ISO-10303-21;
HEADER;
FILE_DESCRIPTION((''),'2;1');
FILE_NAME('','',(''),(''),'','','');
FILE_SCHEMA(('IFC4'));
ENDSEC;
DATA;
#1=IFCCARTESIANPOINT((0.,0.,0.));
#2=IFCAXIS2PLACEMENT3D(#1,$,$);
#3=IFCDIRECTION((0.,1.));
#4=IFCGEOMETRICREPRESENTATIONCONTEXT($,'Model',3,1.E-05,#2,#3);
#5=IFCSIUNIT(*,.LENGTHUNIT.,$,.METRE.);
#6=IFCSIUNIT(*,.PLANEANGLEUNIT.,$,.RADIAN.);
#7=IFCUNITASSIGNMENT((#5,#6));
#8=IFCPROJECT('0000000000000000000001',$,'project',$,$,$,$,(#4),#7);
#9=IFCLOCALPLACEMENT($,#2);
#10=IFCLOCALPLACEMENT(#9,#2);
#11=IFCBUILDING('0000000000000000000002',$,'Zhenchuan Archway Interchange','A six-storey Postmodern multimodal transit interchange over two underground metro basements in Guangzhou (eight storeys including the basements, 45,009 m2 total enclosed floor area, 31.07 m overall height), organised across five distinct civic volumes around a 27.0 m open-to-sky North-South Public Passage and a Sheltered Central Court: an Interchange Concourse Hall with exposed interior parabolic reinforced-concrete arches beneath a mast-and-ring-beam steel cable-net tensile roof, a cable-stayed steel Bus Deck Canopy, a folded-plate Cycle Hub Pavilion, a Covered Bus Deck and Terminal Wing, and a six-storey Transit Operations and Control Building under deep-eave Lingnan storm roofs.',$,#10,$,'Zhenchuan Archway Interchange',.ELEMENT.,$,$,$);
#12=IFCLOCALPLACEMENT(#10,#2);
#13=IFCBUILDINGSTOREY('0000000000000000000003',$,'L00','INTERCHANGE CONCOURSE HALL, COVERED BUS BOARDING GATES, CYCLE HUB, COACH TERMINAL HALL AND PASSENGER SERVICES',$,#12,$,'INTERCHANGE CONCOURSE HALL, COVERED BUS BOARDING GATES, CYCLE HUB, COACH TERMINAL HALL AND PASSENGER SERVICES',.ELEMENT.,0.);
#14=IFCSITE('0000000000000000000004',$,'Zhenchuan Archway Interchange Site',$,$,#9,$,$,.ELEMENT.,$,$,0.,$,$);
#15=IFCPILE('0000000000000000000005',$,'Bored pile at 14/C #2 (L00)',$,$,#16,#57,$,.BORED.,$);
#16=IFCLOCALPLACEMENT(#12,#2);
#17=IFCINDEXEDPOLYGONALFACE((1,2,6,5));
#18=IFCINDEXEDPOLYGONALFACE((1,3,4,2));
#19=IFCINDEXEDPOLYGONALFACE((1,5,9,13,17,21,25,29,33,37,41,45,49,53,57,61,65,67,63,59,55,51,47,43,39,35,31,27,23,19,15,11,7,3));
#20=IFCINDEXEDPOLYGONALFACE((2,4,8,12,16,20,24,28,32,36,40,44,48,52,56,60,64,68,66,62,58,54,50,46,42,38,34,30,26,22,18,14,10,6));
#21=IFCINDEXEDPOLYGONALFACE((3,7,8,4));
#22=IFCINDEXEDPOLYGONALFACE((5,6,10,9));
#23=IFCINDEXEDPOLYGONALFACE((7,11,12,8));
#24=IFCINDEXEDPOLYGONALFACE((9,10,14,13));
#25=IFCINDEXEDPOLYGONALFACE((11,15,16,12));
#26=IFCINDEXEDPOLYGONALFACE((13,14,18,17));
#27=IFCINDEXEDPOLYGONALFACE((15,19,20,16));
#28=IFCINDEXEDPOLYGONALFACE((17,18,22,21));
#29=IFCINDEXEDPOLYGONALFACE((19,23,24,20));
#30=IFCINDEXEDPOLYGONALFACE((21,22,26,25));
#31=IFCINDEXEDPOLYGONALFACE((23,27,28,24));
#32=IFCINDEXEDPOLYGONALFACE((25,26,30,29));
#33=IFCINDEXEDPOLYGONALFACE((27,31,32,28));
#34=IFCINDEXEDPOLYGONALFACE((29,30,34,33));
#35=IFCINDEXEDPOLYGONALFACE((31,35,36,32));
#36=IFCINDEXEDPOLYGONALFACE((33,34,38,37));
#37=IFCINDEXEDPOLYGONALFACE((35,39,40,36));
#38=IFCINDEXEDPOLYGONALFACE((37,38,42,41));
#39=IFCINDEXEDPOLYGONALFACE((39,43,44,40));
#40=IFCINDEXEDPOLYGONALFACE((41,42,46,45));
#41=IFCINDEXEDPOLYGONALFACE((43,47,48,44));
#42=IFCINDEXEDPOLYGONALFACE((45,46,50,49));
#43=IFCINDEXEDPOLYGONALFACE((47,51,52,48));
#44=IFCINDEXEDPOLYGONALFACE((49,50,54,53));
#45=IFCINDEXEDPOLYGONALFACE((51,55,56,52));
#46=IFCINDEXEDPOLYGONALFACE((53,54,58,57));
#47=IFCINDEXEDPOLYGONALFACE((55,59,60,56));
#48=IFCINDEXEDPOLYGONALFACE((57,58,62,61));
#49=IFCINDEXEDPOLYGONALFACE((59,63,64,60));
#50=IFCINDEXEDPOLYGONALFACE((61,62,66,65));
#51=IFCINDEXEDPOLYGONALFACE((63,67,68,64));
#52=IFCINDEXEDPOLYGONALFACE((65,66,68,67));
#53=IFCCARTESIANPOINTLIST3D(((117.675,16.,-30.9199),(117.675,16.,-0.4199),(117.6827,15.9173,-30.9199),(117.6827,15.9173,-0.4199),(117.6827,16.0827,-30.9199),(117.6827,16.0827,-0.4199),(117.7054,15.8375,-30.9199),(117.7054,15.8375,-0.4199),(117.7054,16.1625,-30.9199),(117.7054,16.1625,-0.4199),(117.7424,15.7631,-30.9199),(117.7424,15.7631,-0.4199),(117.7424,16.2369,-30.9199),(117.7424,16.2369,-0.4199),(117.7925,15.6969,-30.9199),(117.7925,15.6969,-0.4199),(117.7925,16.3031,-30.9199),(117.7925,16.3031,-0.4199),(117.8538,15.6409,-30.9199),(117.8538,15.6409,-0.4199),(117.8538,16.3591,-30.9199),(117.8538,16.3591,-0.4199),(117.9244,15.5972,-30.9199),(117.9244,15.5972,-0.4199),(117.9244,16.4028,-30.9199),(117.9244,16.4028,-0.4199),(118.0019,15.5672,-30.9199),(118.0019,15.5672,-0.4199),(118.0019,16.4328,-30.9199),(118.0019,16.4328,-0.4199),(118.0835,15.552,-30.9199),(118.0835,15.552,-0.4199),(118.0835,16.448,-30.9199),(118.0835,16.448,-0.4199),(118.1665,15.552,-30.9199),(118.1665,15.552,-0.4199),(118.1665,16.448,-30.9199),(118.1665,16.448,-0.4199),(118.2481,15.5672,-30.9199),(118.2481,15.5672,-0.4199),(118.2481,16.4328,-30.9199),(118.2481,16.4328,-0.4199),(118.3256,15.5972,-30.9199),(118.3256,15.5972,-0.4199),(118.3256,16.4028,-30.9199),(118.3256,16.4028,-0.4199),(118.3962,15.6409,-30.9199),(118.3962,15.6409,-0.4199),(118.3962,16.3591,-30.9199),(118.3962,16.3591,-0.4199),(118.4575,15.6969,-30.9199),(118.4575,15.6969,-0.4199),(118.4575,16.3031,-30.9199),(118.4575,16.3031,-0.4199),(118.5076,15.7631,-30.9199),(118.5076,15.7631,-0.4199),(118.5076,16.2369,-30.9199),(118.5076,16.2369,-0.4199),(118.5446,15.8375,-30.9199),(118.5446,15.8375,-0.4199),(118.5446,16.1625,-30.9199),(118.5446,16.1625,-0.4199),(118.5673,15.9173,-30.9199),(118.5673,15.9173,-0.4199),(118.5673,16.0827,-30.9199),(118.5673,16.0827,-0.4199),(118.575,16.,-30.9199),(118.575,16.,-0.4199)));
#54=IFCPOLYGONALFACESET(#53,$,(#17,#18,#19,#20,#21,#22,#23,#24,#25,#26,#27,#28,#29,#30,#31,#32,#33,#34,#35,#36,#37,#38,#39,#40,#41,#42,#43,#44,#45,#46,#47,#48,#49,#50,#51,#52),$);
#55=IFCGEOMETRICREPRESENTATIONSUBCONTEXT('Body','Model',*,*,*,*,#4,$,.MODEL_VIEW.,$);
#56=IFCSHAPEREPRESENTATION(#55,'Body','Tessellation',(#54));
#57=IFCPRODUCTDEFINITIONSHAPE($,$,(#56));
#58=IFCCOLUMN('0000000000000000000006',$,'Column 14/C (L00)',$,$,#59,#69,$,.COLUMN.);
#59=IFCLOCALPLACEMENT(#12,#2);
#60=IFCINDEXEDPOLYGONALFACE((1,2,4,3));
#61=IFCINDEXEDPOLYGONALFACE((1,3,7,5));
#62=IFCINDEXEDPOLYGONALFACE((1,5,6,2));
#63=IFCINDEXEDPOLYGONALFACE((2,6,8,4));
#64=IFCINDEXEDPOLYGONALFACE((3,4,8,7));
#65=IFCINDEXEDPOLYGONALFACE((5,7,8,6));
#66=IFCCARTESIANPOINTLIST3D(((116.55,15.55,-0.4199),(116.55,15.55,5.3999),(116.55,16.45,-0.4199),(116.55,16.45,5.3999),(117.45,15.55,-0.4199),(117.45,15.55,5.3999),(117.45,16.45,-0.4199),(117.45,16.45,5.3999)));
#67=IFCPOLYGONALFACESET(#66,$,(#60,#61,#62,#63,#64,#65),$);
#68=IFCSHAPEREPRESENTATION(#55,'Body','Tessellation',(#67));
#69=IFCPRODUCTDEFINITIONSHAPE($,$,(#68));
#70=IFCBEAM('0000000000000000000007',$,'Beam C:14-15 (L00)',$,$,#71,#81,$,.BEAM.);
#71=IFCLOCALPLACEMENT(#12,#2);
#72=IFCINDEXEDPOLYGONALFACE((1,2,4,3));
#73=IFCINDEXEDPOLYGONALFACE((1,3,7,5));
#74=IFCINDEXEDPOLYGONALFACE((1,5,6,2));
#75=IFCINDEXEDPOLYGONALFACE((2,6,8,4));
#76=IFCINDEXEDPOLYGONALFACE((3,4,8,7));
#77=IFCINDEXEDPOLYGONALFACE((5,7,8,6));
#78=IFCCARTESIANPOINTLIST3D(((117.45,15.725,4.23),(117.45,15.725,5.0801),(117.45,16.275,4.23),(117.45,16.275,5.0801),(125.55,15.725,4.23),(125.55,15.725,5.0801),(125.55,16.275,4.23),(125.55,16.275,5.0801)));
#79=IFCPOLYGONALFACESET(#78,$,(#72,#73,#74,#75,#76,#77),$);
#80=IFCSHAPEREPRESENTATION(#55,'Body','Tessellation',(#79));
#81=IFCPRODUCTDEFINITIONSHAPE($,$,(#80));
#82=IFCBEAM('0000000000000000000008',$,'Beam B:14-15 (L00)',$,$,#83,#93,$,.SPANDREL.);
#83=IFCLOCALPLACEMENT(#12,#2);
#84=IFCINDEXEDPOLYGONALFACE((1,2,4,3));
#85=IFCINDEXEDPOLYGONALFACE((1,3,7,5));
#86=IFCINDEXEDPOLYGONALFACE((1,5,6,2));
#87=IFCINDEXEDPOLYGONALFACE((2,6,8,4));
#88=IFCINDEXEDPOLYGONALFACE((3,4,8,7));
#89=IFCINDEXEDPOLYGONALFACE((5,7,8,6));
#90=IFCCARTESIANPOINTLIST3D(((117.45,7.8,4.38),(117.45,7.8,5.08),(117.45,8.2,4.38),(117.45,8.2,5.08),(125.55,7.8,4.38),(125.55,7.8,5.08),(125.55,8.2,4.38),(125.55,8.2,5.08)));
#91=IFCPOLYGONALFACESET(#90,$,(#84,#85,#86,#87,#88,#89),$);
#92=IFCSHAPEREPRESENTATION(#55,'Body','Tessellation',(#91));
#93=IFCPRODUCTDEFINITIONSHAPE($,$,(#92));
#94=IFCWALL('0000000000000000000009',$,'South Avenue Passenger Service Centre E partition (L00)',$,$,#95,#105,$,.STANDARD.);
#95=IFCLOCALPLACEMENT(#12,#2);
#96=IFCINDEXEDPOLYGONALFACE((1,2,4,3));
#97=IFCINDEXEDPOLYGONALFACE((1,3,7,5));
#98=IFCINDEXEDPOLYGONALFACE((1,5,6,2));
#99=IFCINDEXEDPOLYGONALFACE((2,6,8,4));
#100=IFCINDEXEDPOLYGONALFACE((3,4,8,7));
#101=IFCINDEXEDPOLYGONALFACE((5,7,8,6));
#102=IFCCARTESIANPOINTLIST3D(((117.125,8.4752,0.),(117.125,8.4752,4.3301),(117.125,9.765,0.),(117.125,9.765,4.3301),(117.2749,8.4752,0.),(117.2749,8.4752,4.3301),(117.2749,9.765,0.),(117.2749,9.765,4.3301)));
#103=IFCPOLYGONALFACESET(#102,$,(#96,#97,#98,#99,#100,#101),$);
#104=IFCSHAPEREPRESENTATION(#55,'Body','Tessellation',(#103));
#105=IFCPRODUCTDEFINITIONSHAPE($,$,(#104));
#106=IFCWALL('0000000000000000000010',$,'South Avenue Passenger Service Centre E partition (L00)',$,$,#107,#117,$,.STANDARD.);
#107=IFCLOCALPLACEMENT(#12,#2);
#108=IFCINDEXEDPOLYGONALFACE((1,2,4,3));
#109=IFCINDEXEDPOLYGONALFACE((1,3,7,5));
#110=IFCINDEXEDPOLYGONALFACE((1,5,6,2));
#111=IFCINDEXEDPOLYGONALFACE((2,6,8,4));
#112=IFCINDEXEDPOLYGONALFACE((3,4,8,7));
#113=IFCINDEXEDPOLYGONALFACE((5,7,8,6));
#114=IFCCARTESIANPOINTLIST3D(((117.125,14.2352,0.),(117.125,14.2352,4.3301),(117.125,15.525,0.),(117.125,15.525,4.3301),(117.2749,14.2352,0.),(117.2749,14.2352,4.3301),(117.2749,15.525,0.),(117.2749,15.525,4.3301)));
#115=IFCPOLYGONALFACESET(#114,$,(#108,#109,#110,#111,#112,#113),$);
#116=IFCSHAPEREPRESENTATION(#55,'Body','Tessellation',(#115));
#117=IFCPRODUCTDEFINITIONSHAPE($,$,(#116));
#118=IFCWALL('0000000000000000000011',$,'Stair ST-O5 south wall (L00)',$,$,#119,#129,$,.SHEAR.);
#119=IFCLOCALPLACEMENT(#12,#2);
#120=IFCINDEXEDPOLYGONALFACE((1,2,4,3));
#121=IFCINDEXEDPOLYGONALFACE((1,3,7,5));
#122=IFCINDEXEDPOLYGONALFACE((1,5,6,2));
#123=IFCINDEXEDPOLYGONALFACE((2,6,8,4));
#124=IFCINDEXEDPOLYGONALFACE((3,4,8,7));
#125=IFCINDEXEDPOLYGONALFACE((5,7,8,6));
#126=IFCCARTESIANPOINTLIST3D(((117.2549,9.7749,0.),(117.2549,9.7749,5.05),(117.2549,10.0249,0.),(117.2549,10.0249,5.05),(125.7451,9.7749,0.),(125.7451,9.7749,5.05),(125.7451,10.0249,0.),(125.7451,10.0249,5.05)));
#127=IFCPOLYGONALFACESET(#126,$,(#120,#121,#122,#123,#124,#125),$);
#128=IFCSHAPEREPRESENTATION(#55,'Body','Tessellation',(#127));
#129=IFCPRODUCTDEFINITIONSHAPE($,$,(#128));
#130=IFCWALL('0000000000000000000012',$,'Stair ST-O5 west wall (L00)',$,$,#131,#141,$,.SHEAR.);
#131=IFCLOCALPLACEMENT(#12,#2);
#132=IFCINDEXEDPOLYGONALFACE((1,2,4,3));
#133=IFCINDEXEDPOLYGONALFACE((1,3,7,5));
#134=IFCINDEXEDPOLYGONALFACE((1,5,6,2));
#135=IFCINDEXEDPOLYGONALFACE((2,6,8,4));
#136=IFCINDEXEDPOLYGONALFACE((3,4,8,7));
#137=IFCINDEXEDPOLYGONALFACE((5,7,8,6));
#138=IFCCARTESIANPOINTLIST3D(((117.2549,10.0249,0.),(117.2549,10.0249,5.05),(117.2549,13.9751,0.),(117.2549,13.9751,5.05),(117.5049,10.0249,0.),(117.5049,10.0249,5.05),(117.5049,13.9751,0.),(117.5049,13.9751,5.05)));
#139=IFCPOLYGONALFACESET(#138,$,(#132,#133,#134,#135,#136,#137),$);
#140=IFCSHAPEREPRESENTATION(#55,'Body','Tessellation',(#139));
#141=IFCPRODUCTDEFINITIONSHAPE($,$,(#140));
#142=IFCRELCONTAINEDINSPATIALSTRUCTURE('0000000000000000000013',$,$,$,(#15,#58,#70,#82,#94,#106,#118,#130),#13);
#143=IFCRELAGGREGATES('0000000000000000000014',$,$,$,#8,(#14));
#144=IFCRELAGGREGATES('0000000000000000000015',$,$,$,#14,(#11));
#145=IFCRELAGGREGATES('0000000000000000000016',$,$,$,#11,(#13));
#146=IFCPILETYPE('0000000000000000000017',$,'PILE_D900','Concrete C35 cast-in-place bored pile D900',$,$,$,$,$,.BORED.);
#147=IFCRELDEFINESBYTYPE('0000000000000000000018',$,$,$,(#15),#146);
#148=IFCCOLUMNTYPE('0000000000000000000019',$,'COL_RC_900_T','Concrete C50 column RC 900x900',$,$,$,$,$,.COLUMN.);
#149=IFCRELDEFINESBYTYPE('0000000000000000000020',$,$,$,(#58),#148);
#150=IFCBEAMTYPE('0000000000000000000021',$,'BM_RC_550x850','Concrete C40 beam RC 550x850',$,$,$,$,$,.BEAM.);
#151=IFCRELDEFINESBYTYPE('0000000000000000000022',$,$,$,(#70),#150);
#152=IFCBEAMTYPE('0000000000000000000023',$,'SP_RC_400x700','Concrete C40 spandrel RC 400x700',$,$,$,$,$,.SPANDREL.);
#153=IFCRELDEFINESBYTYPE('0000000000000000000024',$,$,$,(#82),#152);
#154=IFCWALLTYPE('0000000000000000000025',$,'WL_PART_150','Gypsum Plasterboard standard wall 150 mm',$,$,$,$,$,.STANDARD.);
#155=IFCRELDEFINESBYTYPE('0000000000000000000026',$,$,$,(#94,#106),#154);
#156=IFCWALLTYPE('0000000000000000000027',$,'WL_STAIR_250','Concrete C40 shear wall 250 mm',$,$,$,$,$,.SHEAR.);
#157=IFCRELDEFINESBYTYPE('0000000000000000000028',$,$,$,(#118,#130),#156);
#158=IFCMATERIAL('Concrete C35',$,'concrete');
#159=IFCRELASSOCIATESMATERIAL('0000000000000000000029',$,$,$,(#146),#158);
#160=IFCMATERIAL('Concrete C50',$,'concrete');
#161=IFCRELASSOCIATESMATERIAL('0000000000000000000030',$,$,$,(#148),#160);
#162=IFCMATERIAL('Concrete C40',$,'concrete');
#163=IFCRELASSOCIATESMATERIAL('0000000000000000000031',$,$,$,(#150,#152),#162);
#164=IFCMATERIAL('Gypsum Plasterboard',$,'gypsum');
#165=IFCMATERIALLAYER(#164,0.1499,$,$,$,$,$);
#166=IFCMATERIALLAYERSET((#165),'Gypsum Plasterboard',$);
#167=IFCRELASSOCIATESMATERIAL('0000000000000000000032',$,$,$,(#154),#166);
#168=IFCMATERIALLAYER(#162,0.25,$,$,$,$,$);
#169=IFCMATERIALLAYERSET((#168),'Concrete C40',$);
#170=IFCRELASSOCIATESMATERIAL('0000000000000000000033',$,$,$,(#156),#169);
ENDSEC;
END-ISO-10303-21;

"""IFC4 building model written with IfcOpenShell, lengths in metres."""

from ifc_helpers import new_model, si_unit, direction, frame, frame_2d, origin, origin_2d, place, context, subcontext, project, spatial, rectangle, circle, extrude, material, layer, layer_set, material_profile, profile_set, type_object, element, save


model = new_model("IFC4")

# Units and contexts
model_context = context("Model", 3, precision=1e-05, world=origin(), true_north=direction((0.0, 1.0)))
body_context = subcontext(model_context, "Body", "Model", "MODEL_VIEW")
ifc_project = project(units=[si_unit("LENGTHUNIT", "METRE"), si_unit("PLANEANGLEUNIT", "RADIAN")], contexts=[model_context])

# Site, building, storey
site_placement = place(None, origin())
site = spatial("IfcSite", under=ifc_project, at=site_placement, Name="Zhenchuan Archway Interchange Site", CompositionType="ELEMENT", RefElevation=0.0)
building_placement = place(site_placement, origin())
building = spatial("IfcBuilding", under=site, at=building_placement, Name="Zhenchuan Archway Interchange", Description="A six-storey Postmodern multimodal transit interchange over two underground metro basements in Guangzhou (eight storeys including the basements, 45,009 m2 total enclosed floor area, 31.07 m overall height), organised across five distinct civic volumes around a 27.0 m open-to-sky North-South Public Passage and a Sheltered Central Court: an Interchange Concourse Hall with exposed interior parabolic reinforced-concrete arches beneath a mast-and-ring-beam steel cable-net tensile roof, a cable-stayed steel Bus Deck Canopy, a folded-plate Cycle Hub Pavilion, a Covered Bus Deck and Terminal Wing, and a six-storey Transit Operations and Control Building under deep-eave Lingnan storm roofs.", LongName="Zhenchuan Archway Interchange", CompositionType="ELEMENT")
storey_placement = place(building_placement, origin())
storey = spatial("IfcBuildingStorey", under=building, at=storey_placement, Name="L00", Description="INTERCHANGE CONCOURSE HALL, COVERED BUS BOARDING GATES, CYCLE HUB, COACH TERMINAL HALL AND PASSENGER SERVICES", LongName="INTERCHANGE CONCOURSE HALL, COVERED BUS BOARDING GATES, CYCLE HUB, COACH TERMINAL HALL AND PASSENGER SERVICES", CompositionType="ELEMENT", Elevation=0.0)

# Shared definitions
ifc_material_1 = material(Name="Concrete C40", Category="concrete")

# Pile
ifc_material_2 = material(Name="Concrete C35", Category="concrete")
ifc_material_profile_1 = material_profile(ifc_material_2, circle(Radius=0.45, at=origin_2d()), Name="BORED PILE 900")
ifc_profile_set_1 = profile_set([ifc_material_profile_1], Name="Concrete C35")
pile_type_1 = type_object("IfcPileType", Name="PILE_D900", Description="Concrete C35 cast-in-place bored pile D900", PredefinedType="BORED", material=ifc_profile_set_1)
for number, where, z_axis, x_axis, name in (
    (1, (118.125, 16.0, -0.4199), (0.0, 0.0, -1.0), (1.0, 0.0, 0.0), "Bored pile at 14/C #2 (L00)"),
):
    element("IfcPile", number, at=place(storey_placement, frame(where, z_axis=z_axis, x_axis=x_axis)), inside=storey, type_object=pile_type_1, Name=name, PredefinedType="BORED", context=body_context, shape_type="SweptSolid", body=[
        extrude(circle(Radius=0.45, at=origin_2d()), origin(), (0.0, 0.0, 1.0), 30.5),
    ])

# Column
ifc_material_3 = material(Name="Concrete C50", Category="concrete")
ifc_material_profile_2 = material_profile(ifc_material_3, rectangle(XDim=0.8999, YDim=0.8999, at=origin_2d()), Name="RC 900x900")
ifc_profile_set_2 = profile_set([ifc_material_profile_2], Name="Concrete C50")
column_type = type_object("IfcColumnType", Name="COL_RC_900_T", Description="Concrete C50 column RC 900x900", PredefinedType="COLUMN", material=ifc_profile_set_2)
column_placement = place(storey_placement, frame((117.0, 16.0, -0.4199), z_axis=(0.0, 0.0, 1.0), x_axis=(1.0, 0.0, 0.0)))
element("IfcColumn", 2, at=column_placement, inside=storey, type_object=column_type, Name="Column 14/C (L00)", PredefinedType="COLUMN", context=body_context, shape_type="SweptSolid", body=[
    extrude(rectangle(XDim=0.8999, YDim=0.8999, at=origin_2d()), origin(), (0.0, 0.0, 1.0), 5.8198),
])

# Beams
ifc_material_profile_3 = material_profile(ifc_material_1, rectangle(XDim=0.55, YDim=0.8501, at=origin_2d()), Name="RC 550x850")
ifc_profile_set_3 = profile_set([ifc_material_profile_3], Name="Concrete C40")
beam_type_1 = type_object("IfcBeamType", Name="BM_RC_550x850", Description="Concrete C40 beam RC 550x850", PredefinedType="BEAM", material=ifc_profile_set_3)
beam_1_placement = place(storey_placement, frame((117.45, 16.0, 4.655), z_axis=(1.0, 0.0, 0.0), x_axis=(0.0, 1.0, 0.0)))
element("IfcBeam", 3, at=beam_1_placement, inside=storey, type_object=beam_type_1, Name="Beam C:14-15 (L00)", PredefinedType="BEAM", context=body_context, shape_type="SweptSolid", body=[
    extrude(rectangle(XDim=0.55, YDim=0.8501, at=origin_2d()), origin(), (0.0, 0.0, 1.0), 8.1001),
])
ifc_material_profile_4 = material_profile(ifc_material_1, rectangle(XDim=0.3999, YDim=0.7, at=origin_2d()), Name="RC 400x700")
ifc_profile_set_4 = profile_set([ifc_material_profile_4], Name="Concrete C40")
beam_type_2 = type_object("IfcBeamType", Name="SP_RC_400x700", Description="Concrete C40 spandrel RC 400x700", PredefinedType="SPANDREL", material=ifc_profile_set_4)
beam_2_placement = place(storey_placement, frame((117.45, 8.0, 4.73), z_axis=(1.0, 0.0, 0.0), x_axis=(0.0, 1.0, 0.0)))
element("IfcBeam", 4, at=beam_2_placement, inside=storey, type_object=beam_type_2, Name="Beam B:14-15 (L00)", PredefinedType="SPANDREL", context=body_context, shape_type="SweptSolid", body=[
    extrude(rectangle(XDim=0.3999, YDim=0.7, at=origin_2d()), origin(), (0.0, 0.0, 1.0), 8.1001),
])

# Walls
ifc_material_4 = material(Name="Gypsum Plasterboard", Category="gypsum")
ifc_layer_1 = layer(ifc_material_4, 0.1499)
ifc_layer_set_1 = layer_set([ifc_layer_1], Name="Gypsum Plasterboard")
wall_type_1 = type_object("IfcWallType", Name="WL_PART_150", Description="Gypsum Plasterboard standard wall 150 mm", PredefinedType="STANDARD", material=ifc_layer_set_1)
for number, where, z_axis, x_axis, name in (
    (5, (117.2, 8.4751, 0.0), (0.0, 0.0, 1.0), (0.0, 1.0, 0.0), "South Avenue Passenger Service Centre E partition (L00)"),
    (6, (117.2, 14.2351, 0.0), (0.0, 0.0, 1.0), (0.0, 1.0, 0.0), "South Avenue Passenger Service Centre E partition (L00)"),
):
    element("IfcWall", number, at=place(storey_placement, frame(where, z_axis=z_axis, x_axis=x_axis)), inside=storey, type_object=wall_type_1, Name=name, PredefinedType="STANDARD", context=body_context, shape_type="SweptSolid", body=[
        extrude(rectangle(XDim=1.2898, YDim=0.1499, at=frame_2d((0.645, 0.0))), origin(), (0.0, 0.0, 1.0), 4.3301),
    ])
ifc_layer_2 = layer(ifc_material_1, 0.25)
ifc_layer_set_2 = layer_set([ifc_layer_2], Name="Concrete C40")
wall_type_2 = type_object("IfcWallType", Name="WL_STAIR_250", Description="Concrete C40 shear wall 250 mm", PredefinedType="SHEAR", material=ifc_layer_set_2)
wall_1_placement = place(storey_placement, frame((117.2549, 9.8999, 0.0), z_axis=(0.0, 0.0, 1.0), x_axis=(1.0, 0.0, 0.0)))
element("IfcWall", 7, at=wall_1_placement, inside=storey, type_object=wall_type_2, Name="Stair ST-O5 south wall (L00)", PredefinedType="SHEAR", context=body_context, shape_type="SweptSolid", body=[
    extrude(rectangle(XDim=8.4902, YDim=0.25, at=frame_2d((4.2451, 0.0))), origin(), (0.0, 0.0, 1.0), 5.05),
])
wall_2_placement = place(storey_placement, frame((117.3799, 13.9751, 0.0), z_axis=(0.0, 0.0, 1.0), x_axis=(0.0, -1.0, 0.0)))
element("IfcWall", 8, at=wall_2_placement, inside=storey, type_object=wall_type_2, Name="Stair ST-O5 west wall (L00)", PredefinedType="SHEAR", context=body_context, shape_type="SweptSolid", body=[
    extrude(rectangle(XDim=3.9502, YDim=0.25, at=frame_2d((1.9751, 0.0))), origin(), (0.0, 0.0, 1.0), 5.05),
])

save(model, "model.ifc")
